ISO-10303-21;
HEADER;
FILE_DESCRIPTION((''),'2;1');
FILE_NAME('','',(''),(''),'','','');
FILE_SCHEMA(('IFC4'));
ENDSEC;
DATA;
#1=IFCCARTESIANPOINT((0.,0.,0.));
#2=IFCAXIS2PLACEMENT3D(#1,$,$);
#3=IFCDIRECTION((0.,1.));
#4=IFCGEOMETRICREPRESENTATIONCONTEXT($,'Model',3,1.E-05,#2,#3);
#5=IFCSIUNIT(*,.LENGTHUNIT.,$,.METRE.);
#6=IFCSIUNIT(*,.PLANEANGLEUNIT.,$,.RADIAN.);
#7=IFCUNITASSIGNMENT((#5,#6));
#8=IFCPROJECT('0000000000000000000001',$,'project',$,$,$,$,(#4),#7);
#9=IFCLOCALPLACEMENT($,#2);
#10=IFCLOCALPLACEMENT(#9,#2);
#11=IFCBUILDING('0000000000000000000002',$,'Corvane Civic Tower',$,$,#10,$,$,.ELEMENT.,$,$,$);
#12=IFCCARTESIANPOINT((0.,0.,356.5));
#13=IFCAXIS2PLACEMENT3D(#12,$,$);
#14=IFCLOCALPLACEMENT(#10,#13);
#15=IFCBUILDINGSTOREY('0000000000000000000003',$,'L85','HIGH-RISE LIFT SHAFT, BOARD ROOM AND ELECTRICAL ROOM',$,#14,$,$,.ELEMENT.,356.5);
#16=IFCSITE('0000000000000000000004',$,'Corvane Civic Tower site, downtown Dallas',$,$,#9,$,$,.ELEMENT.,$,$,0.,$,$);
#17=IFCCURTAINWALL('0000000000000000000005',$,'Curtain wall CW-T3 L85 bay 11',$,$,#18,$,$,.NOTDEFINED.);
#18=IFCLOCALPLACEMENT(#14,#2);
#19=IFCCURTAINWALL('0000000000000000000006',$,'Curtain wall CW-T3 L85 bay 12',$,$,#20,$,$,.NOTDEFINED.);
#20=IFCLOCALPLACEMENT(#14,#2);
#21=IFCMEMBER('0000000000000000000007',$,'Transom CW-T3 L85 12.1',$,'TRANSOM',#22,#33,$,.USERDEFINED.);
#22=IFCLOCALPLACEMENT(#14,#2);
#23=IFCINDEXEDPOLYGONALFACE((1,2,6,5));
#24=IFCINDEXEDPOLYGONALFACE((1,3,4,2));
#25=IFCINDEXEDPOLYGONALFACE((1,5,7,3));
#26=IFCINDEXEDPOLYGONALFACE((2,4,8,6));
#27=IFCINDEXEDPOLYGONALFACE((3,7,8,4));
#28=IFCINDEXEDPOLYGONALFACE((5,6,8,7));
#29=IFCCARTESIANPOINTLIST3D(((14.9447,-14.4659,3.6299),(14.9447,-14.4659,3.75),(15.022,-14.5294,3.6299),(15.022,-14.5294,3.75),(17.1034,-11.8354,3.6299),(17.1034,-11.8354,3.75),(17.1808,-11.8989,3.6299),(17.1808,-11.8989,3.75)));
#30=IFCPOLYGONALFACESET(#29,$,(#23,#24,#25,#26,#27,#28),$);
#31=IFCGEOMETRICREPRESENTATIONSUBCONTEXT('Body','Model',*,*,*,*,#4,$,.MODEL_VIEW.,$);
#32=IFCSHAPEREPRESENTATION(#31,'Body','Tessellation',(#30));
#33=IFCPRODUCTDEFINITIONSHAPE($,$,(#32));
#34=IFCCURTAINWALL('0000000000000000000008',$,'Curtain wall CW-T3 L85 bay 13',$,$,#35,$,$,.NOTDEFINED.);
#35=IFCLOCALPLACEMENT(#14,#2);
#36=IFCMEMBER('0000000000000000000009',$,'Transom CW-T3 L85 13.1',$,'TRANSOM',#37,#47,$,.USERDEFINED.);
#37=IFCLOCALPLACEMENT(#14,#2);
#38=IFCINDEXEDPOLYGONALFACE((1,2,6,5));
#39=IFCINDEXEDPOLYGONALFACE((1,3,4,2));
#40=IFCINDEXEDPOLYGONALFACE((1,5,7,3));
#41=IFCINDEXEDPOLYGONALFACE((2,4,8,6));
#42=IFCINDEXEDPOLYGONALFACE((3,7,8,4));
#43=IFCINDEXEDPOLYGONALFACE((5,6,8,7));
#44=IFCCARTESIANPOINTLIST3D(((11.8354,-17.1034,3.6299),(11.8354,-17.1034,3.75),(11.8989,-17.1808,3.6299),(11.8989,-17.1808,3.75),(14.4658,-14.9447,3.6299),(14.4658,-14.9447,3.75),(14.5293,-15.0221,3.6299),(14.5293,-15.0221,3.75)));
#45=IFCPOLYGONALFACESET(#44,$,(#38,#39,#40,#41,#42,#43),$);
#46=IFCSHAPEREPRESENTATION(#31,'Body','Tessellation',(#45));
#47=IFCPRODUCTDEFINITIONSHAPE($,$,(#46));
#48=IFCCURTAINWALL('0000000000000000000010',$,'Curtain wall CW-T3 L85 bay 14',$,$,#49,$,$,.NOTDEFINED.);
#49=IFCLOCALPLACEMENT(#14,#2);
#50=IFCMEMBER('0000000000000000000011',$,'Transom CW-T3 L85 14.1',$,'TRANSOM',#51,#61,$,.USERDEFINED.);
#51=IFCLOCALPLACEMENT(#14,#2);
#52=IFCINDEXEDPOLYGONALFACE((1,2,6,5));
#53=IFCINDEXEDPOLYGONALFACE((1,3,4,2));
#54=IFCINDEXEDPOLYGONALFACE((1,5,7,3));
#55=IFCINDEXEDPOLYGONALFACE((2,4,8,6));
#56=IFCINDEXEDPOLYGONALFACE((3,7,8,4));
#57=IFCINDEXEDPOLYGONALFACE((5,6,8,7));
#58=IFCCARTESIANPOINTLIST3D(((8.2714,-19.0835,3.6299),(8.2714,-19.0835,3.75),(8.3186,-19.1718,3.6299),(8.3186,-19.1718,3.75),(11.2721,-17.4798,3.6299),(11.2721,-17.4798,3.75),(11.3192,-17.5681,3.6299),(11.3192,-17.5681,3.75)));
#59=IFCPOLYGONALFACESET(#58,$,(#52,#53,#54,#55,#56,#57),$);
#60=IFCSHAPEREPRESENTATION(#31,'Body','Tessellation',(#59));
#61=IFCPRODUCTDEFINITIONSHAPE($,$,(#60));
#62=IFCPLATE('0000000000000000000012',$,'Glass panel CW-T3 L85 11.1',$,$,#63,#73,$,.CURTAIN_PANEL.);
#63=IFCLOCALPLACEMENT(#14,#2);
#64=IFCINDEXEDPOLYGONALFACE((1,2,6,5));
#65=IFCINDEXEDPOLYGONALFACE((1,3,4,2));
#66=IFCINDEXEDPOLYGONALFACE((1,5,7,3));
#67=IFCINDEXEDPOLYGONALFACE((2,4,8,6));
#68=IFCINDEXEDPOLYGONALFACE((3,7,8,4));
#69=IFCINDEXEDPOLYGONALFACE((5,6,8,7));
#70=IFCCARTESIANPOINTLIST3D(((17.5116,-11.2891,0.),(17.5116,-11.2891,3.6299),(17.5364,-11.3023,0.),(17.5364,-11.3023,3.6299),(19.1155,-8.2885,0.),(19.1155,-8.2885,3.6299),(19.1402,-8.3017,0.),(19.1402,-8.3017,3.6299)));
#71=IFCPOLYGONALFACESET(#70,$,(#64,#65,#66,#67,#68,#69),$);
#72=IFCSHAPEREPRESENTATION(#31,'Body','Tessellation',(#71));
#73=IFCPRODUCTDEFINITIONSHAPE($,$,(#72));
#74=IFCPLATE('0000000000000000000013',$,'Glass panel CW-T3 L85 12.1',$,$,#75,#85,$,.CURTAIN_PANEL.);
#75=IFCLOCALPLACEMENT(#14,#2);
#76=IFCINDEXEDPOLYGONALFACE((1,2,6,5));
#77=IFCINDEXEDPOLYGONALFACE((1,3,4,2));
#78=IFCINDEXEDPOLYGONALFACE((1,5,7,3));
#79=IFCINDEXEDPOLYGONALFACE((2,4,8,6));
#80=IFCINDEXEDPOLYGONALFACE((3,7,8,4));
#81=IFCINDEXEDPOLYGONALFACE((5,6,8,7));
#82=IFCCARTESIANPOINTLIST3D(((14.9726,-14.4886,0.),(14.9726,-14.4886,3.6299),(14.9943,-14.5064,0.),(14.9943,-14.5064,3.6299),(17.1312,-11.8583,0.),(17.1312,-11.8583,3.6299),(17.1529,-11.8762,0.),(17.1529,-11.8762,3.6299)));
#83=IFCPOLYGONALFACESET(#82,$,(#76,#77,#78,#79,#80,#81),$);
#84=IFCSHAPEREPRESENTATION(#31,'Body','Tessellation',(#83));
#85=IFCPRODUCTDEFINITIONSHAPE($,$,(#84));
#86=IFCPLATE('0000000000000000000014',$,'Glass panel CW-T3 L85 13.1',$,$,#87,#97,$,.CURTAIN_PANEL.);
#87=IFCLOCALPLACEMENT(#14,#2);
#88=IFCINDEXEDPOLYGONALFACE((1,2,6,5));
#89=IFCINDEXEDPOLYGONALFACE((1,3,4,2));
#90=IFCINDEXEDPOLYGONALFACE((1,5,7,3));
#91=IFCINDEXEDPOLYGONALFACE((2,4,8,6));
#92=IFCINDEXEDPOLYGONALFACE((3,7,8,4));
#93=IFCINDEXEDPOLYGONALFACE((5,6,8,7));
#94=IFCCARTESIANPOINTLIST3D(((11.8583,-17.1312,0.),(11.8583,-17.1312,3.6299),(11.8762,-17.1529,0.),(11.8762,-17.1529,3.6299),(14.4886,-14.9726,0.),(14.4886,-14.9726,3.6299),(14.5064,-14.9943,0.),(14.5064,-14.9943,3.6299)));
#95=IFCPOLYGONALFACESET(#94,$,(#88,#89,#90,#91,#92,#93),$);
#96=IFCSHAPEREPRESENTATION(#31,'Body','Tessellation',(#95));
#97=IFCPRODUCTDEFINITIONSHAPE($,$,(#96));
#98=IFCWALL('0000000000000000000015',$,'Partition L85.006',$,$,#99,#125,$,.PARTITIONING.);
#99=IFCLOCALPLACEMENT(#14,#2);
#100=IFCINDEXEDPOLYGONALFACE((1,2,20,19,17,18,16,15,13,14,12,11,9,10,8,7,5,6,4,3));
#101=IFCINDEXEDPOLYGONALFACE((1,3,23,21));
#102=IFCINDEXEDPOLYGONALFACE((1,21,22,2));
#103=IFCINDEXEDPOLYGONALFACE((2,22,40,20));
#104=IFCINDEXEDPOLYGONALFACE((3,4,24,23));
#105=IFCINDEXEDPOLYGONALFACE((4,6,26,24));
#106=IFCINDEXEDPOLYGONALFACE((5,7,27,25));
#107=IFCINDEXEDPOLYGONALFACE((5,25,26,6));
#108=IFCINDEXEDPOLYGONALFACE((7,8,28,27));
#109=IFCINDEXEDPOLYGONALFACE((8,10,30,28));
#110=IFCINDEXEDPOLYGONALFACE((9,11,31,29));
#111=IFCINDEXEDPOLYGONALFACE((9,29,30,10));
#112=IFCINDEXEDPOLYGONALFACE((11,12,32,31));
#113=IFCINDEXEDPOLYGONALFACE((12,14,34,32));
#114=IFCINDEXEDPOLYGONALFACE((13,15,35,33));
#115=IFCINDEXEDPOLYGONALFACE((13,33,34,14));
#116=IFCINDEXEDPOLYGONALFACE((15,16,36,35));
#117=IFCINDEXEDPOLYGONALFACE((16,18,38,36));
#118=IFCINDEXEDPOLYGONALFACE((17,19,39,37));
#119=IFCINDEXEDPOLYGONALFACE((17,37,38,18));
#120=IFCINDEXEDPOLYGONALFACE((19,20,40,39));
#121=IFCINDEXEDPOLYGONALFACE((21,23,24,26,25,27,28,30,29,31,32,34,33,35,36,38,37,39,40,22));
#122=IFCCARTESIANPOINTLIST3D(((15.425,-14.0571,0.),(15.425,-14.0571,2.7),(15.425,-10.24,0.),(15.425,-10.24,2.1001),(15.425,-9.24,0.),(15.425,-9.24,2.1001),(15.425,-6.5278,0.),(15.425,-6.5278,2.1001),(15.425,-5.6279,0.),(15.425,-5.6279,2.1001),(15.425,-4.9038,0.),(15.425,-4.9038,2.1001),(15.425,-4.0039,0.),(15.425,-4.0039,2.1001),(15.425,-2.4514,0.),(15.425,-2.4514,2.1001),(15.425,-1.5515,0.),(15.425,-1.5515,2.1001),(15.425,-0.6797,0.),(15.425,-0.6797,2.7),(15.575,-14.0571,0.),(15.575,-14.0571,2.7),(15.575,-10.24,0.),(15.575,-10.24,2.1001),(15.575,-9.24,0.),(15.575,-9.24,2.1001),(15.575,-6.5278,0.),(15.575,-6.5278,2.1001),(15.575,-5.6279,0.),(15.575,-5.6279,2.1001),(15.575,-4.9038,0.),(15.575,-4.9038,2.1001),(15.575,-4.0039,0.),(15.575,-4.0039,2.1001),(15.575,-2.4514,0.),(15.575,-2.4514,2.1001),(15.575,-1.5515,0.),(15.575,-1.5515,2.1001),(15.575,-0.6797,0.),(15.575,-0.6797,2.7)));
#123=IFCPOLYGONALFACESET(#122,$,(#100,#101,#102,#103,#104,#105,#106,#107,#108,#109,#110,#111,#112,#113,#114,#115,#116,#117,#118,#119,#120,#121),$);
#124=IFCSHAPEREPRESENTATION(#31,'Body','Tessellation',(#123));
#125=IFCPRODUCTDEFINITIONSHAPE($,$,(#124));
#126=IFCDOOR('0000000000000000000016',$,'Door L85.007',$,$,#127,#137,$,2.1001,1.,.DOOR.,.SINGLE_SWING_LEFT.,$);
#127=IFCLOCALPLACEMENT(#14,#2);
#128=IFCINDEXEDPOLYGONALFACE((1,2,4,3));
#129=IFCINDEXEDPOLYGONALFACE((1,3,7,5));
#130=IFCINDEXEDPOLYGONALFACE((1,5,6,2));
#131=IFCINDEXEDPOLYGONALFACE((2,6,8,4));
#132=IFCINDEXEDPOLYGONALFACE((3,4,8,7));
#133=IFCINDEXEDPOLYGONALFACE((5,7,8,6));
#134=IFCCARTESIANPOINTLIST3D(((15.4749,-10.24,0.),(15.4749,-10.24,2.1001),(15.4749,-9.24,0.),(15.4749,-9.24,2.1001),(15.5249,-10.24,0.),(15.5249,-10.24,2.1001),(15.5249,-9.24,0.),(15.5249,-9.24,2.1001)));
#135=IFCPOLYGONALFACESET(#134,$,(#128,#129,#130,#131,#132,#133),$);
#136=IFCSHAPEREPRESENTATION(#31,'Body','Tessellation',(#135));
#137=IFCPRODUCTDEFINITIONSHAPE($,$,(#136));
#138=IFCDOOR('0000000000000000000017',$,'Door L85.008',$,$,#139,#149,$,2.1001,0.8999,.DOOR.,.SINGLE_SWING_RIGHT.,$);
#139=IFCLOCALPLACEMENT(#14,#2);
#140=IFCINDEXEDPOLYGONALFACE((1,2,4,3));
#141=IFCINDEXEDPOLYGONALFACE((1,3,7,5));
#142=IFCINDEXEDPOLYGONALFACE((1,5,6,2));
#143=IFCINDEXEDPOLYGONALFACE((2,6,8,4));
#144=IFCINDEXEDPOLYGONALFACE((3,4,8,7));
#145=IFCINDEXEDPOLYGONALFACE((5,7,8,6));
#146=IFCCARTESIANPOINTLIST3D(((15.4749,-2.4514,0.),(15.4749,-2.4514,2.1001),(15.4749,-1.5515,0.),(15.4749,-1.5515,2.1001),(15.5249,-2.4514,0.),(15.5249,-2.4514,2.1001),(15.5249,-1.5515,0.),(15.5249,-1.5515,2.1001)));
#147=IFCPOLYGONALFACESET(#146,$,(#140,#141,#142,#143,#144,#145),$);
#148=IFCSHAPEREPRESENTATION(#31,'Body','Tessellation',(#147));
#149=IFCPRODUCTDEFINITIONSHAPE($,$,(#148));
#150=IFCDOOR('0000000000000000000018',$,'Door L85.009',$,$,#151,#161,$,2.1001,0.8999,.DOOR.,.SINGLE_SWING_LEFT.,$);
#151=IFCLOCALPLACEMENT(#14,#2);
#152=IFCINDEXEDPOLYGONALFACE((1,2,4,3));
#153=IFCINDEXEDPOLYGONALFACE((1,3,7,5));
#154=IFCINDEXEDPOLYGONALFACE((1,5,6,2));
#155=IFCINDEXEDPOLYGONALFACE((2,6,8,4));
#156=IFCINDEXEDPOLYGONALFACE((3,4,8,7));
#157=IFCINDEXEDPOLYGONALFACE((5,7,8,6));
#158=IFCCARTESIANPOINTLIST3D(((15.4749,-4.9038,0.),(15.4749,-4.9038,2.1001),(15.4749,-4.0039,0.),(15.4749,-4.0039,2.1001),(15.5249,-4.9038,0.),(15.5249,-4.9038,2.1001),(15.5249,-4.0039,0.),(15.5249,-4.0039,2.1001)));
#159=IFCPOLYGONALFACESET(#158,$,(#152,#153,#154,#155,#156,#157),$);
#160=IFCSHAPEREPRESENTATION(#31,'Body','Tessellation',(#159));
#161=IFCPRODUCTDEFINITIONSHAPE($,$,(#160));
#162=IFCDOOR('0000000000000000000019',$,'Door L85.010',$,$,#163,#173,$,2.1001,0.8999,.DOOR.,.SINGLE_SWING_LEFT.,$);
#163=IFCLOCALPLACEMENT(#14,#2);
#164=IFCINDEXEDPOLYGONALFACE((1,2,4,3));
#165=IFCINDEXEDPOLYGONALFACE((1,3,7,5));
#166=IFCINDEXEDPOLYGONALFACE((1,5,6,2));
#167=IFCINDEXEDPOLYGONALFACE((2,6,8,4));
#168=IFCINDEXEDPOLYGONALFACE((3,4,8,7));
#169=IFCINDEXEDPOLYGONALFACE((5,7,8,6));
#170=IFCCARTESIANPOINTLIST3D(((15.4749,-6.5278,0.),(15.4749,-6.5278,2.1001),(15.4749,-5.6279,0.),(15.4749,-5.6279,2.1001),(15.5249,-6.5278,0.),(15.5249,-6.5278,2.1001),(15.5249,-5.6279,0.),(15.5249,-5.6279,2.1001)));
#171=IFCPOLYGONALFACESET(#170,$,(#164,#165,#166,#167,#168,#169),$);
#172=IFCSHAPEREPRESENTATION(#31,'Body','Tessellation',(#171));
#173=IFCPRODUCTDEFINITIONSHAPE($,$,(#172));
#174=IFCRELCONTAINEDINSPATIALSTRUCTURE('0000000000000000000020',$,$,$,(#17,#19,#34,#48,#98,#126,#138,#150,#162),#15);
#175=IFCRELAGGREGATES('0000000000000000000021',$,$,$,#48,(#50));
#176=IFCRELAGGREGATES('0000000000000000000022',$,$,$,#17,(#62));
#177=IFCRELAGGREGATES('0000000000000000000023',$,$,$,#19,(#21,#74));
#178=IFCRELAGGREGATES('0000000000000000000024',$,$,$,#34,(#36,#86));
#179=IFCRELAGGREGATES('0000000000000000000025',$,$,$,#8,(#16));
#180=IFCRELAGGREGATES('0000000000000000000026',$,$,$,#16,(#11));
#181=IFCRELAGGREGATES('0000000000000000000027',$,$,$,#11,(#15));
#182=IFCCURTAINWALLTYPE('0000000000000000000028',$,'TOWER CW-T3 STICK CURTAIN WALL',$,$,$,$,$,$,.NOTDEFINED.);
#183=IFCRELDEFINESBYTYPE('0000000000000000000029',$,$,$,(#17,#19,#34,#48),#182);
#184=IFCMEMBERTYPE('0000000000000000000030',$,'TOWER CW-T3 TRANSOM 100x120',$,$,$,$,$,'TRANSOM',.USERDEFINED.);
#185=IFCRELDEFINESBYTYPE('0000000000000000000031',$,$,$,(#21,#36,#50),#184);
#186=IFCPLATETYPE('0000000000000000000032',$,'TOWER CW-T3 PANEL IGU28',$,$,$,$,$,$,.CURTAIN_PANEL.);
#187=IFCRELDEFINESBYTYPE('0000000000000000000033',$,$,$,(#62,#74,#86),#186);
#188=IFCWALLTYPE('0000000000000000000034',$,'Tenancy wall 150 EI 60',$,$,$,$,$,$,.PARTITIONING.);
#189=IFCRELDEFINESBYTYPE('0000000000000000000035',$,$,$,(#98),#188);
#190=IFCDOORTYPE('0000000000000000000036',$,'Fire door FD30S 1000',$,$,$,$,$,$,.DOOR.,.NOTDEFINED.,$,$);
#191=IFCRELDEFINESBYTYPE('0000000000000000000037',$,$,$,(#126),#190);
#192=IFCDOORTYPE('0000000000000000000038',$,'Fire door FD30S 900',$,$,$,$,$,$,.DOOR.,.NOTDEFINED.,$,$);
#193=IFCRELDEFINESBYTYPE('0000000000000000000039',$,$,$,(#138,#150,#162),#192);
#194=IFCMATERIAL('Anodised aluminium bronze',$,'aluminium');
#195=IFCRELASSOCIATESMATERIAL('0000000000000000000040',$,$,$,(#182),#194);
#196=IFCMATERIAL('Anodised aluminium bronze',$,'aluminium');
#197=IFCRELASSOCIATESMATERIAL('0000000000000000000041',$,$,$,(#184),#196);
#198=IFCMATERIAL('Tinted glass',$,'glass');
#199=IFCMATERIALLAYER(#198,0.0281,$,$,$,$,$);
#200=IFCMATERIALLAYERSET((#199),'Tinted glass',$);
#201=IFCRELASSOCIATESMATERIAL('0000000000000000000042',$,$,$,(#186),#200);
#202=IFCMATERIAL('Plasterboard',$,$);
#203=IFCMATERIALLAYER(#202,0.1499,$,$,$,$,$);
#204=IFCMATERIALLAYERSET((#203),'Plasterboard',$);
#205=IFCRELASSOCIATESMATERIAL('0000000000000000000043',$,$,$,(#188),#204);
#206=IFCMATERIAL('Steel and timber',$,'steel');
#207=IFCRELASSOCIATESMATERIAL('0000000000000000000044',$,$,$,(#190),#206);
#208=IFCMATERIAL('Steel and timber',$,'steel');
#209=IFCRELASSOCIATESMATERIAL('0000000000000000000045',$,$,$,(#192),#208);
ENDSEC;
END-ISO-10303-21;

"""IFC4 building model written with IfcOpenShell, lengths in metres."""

from ifc_helpers import new_model, si_unit, direction, frame, frame_2d, origin, origin_2d, place, context, subcontext, project, spatial, rectangle, extrude, material, layer, layer_set, material_profile, profile_set, type_object, element, fill, aggregate, save


model = new_model("IFC4")

# Units and contexts
model_context = context("Model", 3, precision=1e-05, world=origin(), true_north=direction((0.0, 1.0)))
body_context = subcontext(model_context, "Body", "Model", "MODEL_VIEW")
ifc_project = project(units=[si_unit("LENGTHUNIT", "METRE"), si_unit("PLANEANGLEUNIT", "RADIAN")], contexts=[model_context])

# Site, building, storey
site_placement = place(None, origin())
site = spatial("IfcSite", under=ifc_project, at=site_placement, Name="Corvane Civic Tower site, downtown Dallas", CompositionType="ELEMENT", RefElevation=0.0)
building_placement = place(site_placement, origin())
building = spatial("IfcBuilding", under=site, at=building_placement, Name="Corvane Civic Tower", CompositionType="ELEMENT")
storey_placement = place(building_placement, frame((0.0, 0.0, 356.5)))
storey = spatial("IfcBuildingStorey", under=building, at=storey_placement, Name="L85", Description="HIGH-RISE LIFT SHAFT, BOARD ROOM AND ELECTRICAL ROOM", CompositionType="ELEMENT", Elevation=356.5)

# Curtain walls, members
ifc_material_1 = material(Name="Anodised aluminium bronze", Category="aluminium")
curtain_wall_type = type_object("IfcCurtainWallType", Name="TOWER CW-T3 STICK CURTAIN WALL", PredefinedType="NOTDEFINED", material=ifc_material_1)
curtain_wall_1_placement = place(storey_placement, origin())
curtain_wall_1 = element("IfcCurtainWall", 1, at=curtain_wall_1_placement, inside=storey, type_object=curtain_wall_type, Name="Curtain wall CW-T3 L85 bay 11", PredefinedType="NOTDEFINED")
ifc_material_2 = material(Name="Anodised aluminium bronze", Category="aluminium")
ifc_material_profile_1 = material_profile(ifc_material_2, rectangle(XDim=0.1001, YDim=0.1201, at=origin_2d()), Name="TOWER CW-T3 TRANSOM 100x120")
ifc_profile_set_1 = profile_set([ifc_material_profile_1], Name="Anodised aluminium bronze")
member_type = type_object("IfcMemberType", Name="TOWER CW-T3 TRANSOM 100x120", ElementType="TRANSOM", PredefinedType="USERDEFINED", material=ifc_profile_set_1)
curtain_wall_2_placement = place(storey_placement, origin())
curtain_wall_2 = element("IfcCurtainWall", 2, at=curtain_wall_2_placement, inside=storey, type_object=curtain_wall_type, Name="Curtain wall CW-T3 L85 bay 12", PredefinedType="NOTDEFINED")
member_1_placement = place(storey_placement, frame((17.1421, -11.8672, 3.6899), z_axis=(-0.634394, -0.77301, 0.0), x_axis=(0.77301, -0.634394, 0.0)))
member_1 = element("IfcMember", 3, at=member_1_placement, type_object=member_type, Name="Transom CW-T3 L85 12.1", ObjectType="TRANSOM", PredefinedType="USERDEFINED", context=body_context, shape_type="SweptSolid", body=[
    extrude(rectangle(XDim=0.1001, YDim=0.1201, at=origin_2d()), origin(), (0.0, 0.0, 1.0), 3.4028),
])
curtain_wall_3_placement = place(storey_placement, origin())
curtain_wall_3 = element("IfcCurtainWall", 4, at=curtain_wall_3_placement, inside=storey, type_object=curtain_wall_type, Name="Curtain wall CW-T3 L85 bay 13", PredefinedType="NOTDEFINED")
member_2_placement = place(storey_placement, frame((14.4976, -14.9834, 3.6899), z_axis=(-0.77301, -0.634394, 0.0), x_axis=(0.634394, -0.77301, 0.0)))
member_2 = element("IfcMember", 5, at=member_2_placement, type_object=member_type, Name="Transom CW-T3 L85 13.1", ObjectType="TRANSOM", PredefinedType="USERDEFINED", context=body_context, shape_type="SweptSolid", body=[
    extrude(rectangle(XDim=0.1001, YDim=0.1201, at=origin_2d()), origin(), (0.0, 0.0, 1.0), 3.4028),
])
curtain_wall_4_placement = place(storey_placement, origin())
curtain_wall_4 = element("IfcCurtainWall", 6, at=curtain_wall_4_placement, inside=storey, type_object=curtain_wall_type, Name="Curtain wall CW-T3 L85 bay 14", PredefinedType="NOTDEFINED")
member_3_placement = place(storey_placement, frame((11.2957, -17.5239, 3.6899), z_axis=(-0.881941, -0.471359, 0.0), x_axis=(0.471359, -0.881941, 0.0)))
member_3 = element("IfcMember", 7, at=member_3_placement, type_object=member_type, Name="Transom CW-T3 L85 14.1", ObjectType="TRANSOM", PredefinedType="USERDEFINED", context=body_context, shape_type="SweptSolid", body=[
    extrude(rectangle(XDim=0.1001, YDim=0.1201, at=origin_2d()), origin(), (0.0, 0.0, 1.0), 3.4023),
])
aggregate(curtain_wall_4, [member_3])

# Plates
ifc_material_3 = material(Name="Tinted glass", Category="glass")
ifc_layer_1 = layer(ifc_material_3, 0.0281)
ifc_layer_set_1 = layer_set([ifc_layer_1], Name="Tinted glass")
plate_type = type_object("IfcPlateType", Name="TOWER CW-T3 PANEL IGU28", PredefinedType="CURTAIN_PANEL", material=ifc_layer_set_1)
plate_1_placement = place(storey_placement, frame((18.3259, -9.7954, 0.0), z_axis=(0.0, 0.0, 1.0), x_axis=(-0.471384, -0.881928, 0.0)))
plate_1 = element("IfcPlate", 8, at=plate_1_placement, type_object=plate_type, Name="Glass panel CW-T3 L85 11.1", PredefinedType="CURTAIN_PANEL", context=body_context, shape_type="SweptSolid", body=[
    extrude(rectangle(XDim=3.4023, YDim=0.0281, at=origin_2d()), origin(), (0.0, 0.0, 1.0), 3.6299),
])
aggregate(curtain_wall_1, [plate_1])
plate_2_placement = place(storey_placement, frame((16.0627, -13.1824, 0.0), z_axis=(0.0, 0.0, 1.0), x_axis=(-0.634393, -0.77301, 0.0)))
plate_2 = element("IfcPlate", 9, at=plate_2_placement, type_object=plate_type, Name="Glass panel CW-T3 L85 12.1", PredefinedType="CURTAIN_PANEL", context=body_context, shape_type="SweptSolid", body=[
    extrude(rectangle(XDim=3.4026, YDim=0.0281, at=origin_2d()), origin(), (0.0, 0.0, 1.0), 3.6299),
])
aggregate(curtain_wall_2, [member_1, plate_2])
plate_3_placement = place(storey_placement, frame((13.1824, -16.0627, 0.0), z_axis=(0.0, 0.0, 1.0), x_axis=(-0.77301, -0.634393, 0.0)))
plate_3 = element("IfcPlate", 10, at=plate_3_placement, type_object=plate_type, Name="Glass panel CW-T3 L85 13.1", PredefinedType="CURTAIN_PANEL", context=body_context, shape_type="SweptSolid", body=[
    extrude(rectangle(XDim=3.4026, YDim=0.0281, at=origin_2d()), origin(), (0.0, 0.0, 1.0), 3.6299),
])
aggregate(curtain_wall_3, [member_2, plate_3])

# Wall, openings, doors
ifc_material_4 = material(Name="Plasterboard")
ifc_layer_2 = layer(ifc_material_4, 0.1499)
ifc_layer_set_2 = layer_set([ifc_layer_2], Name="Plasterboard")
wall_type = type_object("IfcWallType", Name="Tenancy wall 150 EI 60", PredefinedType="PARTITIONING", material=ifc_layer_set_2)
wall_placement = place(storey_placement, frame((15.5, -14.0571, 0.0), z_axis=(0.0, 0.0, 1.0), x_axis=(0.0, 1.0, 0.0)))
wall = element("IfcWall", 11, at=wall_placement, inside=storey, type_object=wall_type, Name="Partition L85.006", PredefinedType="PARTITIONING", context=body_context, shape_type="SweptSolid", body=[
    extrude(rectangle(XDim=13.3774, YDim=0.1499, at=frame_2d((6.6887, 0.0))), origin(), (0.0, 0.0, 1.0), 2.7),
])
opening_1_placement = place(wall_placement, frame((3.8171, 0.0, 0.0)))
opening_1 = element("IfcOpeningElement", 12, at=opening_1_placement, cuts=wall, PredefinedType="OPENING", context=body_context, shape_type="SweptSolid", body=[
    extrude(rectangle(XDim=1.0, YDim=2.1001, at=frame_2d((0.5, 1.05))), frame((0.0, 0.085, 0.0), z_axis=(0.0, -1.0, 0.0), x_axis=(1.0, 0.0, 0.0)), (0.0, 0.0, 1.0), 0.1699),
])
opening_2_placement = place(wall_placement, frame((11.6057, 0.0, 0.0)))
opening_2 = element("IfcOpeningElement", 13, at=opening_2_placement, cuts=wall, PredefinedType="OPENING", context=body_context, shape_type="SweptSolid", body=[
    extrude(rectangle(XDim=0.8999, YDim=2.1001, at=frame_2d((0.45, 1.05))), frame((0.0, 0.085, 0.0), z_axis=(0.0, -1.0, 0.0), x_axis=(1.0, 0.0, 0.0)), (0.0, 0.0, 1.0), 0.1699),
])
opening_3_placement = place(wall_placement, frame((9.1533, 0.0, 0.0)))
opening_3 = element("IfcOpeningElement", 14, at=opening_3_placement, cuts=wall, PredefinedType="OPENING", context=body_context, shape_type="SweptSolid", body=[
    extrude(rectangle(XDim=0.8999, YDim=2.1001, at=frame_2d((0.45, 1.05))), frame((0.0, 0.085, 0.0), z_axis=(0.0, -1.0, 0.0), x_axis=(1.0, 0.0, 0.0)), (0.0, 0.0, 1.0), 0.1699),
])
opening_4_placement = place(wall_placement, frame((7.5293, 0.0, 0.0)))
opening_4 = element("IfcOpeningElement", 15, at=opening_4_placement, cuts=wall, PredefinedType="OPENING", context=body_context, shape_type="SweptSolid", body=[
    extrude(rectangle(XDim=0.8999, YDim=2.1001, at=frame_2d((0.45, 1.05))), frame((0.0, 0.085, 0.0), z_axis=(0.0, -1.0, 0.0), x_axis=(1.0, 0.0, 0.0)), (0.0, 0.0, 1.0), 0.1699),
])
ifc_material_5 = material(Name="Steel and timber", Category="steel")
door_type_1 = type_object("IfcDoorType", Name="Fire door FD30S 1000", OperationType="NOTDEFINED", PredefinedType="DOOR", material=ifc_material_5)
door_1_placement = place(opening_1_placement, frame((1.0, 0.0, 0.0), z_axis=(0.0, 0.0, 1.0), x_axis=(-1.0, 0.0, 0.0)))
door_1 = element("IfcDoor", 16, at=door_1_placement, inside=storey, type_object=door_type_1, Name="Door L85.007", OperationType="SINGLE_SWING_LEFT", OverallHeight=2.1001, OverallWidth=1.0, PredefinedType="DOOR", context=body_context, shape_type="SweptSolid", body=[
    extrude(rectangle(XDim=1.0, YDim=2.1001, at=frame_2d((0.5, 1.05))), frame((0.0, 0.0249, 0.0), z_axis=(0.0, -1.0, 0.0), x_axis=(1.0, 0.0, 0.0)), (0.0, 0.0, 1.0), 0.05),
])
fill(opening_1, door_1)
ifc_material_6 = material(Name="Steel and timber", Category="steel")
door_type_2 = type_object("IfcDoorType", Name="Fire door FD30S 900", OperationType="NOTDEFINED", PredefinedType="DOOR", material=ifc_material_6)
door_2_placement = place(opening_2_placement, frame((0.8999, 0.0, 0.0), z_axis=(0.0, 0.0, 1.0), x_axis=(-1.0, 0.0, 0.0)))
door_2 = element("IfcDoor", 17, at=door_2_placement, inside=storey, type_object=door_type_2, Name="Door L85.008", OperationType="SINGLE_SWING_RIGHT", OverallHeight=2.1001, OverallWidth=0.8999, PredefinedType="DOOR", context=body_context, shape_type="SweptSolid", body=[
    extrude(rectangle(XDim=0.8999, YDim=2.1001, at=frame_2d((0.45, 1.05))), frame((0.0, 0.0249, 0.0), z_axis=(0.0, -1.0, 0.0), x_axis=(1.0, 0.0, 0.0)), (0.0, 0.0, 1.0), 0.05),
])
fill(opening_2, door_2)
door_3_placement = place(opening_3_placement, frame((0.8999, 0.0, 0.0), z_axis=(0.0, 0.0, 1.0), x_axis=(-1.0, 0.0, 0.0)))
door_3 = element("IfcDoor", 18, at=door_3_placement, inside=storey, type_object=door_type_2, Name="Door L85.009", OperationType="SINGLE_SWING_LEFT", OverallHeight=2.1001, OverallWidth=0.8999, PredefinedType="DOOR", context=body_context, shape_type="SweptSolid", body=[
    extrude(rectangle(XDim=0.8999, YDim=2.1001, at=frame_2d((0.45, 1.05))), frame((0.0, 0.0249, 0.0), z_axis=(0.0, -1.0, 0.0), x_axis=(1.0, 0.0, 0.0)), (0.0, 0.0, 1.0), 0.05),
])
fill(opening_3, door_3)
door_4_placement = place(opening_4_placement, frame((0.8999, 0.0, 0.0), z_axis=(0.0, 0.0, 1.0), x_axis=(-1.0, 0.0, 0.0)))
door_4 = element("IfcDoor", 19, at=door_4_placement, inside=storey, type_object=door_type_2, Name="Door L85.010", OperationType="SINGLE_SWING_LEFT", OverallHeight=2.1001, OverallWidth=0.8999, PredefinedType="DOOR", context=body_context, shape_type="SweptSolid", body=[
    extrude(rectangle(XDim=0.8999, YDim=2.1001, at=frame_2d((0.45, 1.05))), frame((0.0, 0.0249, 0.0), z_axis=(0.0, -1.0, 0.0), x_axis=(1.0, 0.0, 0.0)), (0.0, 0.0, 1.0), 0.05),
])
fill(opening_4, door_4)

save(model, "model.ifc")
